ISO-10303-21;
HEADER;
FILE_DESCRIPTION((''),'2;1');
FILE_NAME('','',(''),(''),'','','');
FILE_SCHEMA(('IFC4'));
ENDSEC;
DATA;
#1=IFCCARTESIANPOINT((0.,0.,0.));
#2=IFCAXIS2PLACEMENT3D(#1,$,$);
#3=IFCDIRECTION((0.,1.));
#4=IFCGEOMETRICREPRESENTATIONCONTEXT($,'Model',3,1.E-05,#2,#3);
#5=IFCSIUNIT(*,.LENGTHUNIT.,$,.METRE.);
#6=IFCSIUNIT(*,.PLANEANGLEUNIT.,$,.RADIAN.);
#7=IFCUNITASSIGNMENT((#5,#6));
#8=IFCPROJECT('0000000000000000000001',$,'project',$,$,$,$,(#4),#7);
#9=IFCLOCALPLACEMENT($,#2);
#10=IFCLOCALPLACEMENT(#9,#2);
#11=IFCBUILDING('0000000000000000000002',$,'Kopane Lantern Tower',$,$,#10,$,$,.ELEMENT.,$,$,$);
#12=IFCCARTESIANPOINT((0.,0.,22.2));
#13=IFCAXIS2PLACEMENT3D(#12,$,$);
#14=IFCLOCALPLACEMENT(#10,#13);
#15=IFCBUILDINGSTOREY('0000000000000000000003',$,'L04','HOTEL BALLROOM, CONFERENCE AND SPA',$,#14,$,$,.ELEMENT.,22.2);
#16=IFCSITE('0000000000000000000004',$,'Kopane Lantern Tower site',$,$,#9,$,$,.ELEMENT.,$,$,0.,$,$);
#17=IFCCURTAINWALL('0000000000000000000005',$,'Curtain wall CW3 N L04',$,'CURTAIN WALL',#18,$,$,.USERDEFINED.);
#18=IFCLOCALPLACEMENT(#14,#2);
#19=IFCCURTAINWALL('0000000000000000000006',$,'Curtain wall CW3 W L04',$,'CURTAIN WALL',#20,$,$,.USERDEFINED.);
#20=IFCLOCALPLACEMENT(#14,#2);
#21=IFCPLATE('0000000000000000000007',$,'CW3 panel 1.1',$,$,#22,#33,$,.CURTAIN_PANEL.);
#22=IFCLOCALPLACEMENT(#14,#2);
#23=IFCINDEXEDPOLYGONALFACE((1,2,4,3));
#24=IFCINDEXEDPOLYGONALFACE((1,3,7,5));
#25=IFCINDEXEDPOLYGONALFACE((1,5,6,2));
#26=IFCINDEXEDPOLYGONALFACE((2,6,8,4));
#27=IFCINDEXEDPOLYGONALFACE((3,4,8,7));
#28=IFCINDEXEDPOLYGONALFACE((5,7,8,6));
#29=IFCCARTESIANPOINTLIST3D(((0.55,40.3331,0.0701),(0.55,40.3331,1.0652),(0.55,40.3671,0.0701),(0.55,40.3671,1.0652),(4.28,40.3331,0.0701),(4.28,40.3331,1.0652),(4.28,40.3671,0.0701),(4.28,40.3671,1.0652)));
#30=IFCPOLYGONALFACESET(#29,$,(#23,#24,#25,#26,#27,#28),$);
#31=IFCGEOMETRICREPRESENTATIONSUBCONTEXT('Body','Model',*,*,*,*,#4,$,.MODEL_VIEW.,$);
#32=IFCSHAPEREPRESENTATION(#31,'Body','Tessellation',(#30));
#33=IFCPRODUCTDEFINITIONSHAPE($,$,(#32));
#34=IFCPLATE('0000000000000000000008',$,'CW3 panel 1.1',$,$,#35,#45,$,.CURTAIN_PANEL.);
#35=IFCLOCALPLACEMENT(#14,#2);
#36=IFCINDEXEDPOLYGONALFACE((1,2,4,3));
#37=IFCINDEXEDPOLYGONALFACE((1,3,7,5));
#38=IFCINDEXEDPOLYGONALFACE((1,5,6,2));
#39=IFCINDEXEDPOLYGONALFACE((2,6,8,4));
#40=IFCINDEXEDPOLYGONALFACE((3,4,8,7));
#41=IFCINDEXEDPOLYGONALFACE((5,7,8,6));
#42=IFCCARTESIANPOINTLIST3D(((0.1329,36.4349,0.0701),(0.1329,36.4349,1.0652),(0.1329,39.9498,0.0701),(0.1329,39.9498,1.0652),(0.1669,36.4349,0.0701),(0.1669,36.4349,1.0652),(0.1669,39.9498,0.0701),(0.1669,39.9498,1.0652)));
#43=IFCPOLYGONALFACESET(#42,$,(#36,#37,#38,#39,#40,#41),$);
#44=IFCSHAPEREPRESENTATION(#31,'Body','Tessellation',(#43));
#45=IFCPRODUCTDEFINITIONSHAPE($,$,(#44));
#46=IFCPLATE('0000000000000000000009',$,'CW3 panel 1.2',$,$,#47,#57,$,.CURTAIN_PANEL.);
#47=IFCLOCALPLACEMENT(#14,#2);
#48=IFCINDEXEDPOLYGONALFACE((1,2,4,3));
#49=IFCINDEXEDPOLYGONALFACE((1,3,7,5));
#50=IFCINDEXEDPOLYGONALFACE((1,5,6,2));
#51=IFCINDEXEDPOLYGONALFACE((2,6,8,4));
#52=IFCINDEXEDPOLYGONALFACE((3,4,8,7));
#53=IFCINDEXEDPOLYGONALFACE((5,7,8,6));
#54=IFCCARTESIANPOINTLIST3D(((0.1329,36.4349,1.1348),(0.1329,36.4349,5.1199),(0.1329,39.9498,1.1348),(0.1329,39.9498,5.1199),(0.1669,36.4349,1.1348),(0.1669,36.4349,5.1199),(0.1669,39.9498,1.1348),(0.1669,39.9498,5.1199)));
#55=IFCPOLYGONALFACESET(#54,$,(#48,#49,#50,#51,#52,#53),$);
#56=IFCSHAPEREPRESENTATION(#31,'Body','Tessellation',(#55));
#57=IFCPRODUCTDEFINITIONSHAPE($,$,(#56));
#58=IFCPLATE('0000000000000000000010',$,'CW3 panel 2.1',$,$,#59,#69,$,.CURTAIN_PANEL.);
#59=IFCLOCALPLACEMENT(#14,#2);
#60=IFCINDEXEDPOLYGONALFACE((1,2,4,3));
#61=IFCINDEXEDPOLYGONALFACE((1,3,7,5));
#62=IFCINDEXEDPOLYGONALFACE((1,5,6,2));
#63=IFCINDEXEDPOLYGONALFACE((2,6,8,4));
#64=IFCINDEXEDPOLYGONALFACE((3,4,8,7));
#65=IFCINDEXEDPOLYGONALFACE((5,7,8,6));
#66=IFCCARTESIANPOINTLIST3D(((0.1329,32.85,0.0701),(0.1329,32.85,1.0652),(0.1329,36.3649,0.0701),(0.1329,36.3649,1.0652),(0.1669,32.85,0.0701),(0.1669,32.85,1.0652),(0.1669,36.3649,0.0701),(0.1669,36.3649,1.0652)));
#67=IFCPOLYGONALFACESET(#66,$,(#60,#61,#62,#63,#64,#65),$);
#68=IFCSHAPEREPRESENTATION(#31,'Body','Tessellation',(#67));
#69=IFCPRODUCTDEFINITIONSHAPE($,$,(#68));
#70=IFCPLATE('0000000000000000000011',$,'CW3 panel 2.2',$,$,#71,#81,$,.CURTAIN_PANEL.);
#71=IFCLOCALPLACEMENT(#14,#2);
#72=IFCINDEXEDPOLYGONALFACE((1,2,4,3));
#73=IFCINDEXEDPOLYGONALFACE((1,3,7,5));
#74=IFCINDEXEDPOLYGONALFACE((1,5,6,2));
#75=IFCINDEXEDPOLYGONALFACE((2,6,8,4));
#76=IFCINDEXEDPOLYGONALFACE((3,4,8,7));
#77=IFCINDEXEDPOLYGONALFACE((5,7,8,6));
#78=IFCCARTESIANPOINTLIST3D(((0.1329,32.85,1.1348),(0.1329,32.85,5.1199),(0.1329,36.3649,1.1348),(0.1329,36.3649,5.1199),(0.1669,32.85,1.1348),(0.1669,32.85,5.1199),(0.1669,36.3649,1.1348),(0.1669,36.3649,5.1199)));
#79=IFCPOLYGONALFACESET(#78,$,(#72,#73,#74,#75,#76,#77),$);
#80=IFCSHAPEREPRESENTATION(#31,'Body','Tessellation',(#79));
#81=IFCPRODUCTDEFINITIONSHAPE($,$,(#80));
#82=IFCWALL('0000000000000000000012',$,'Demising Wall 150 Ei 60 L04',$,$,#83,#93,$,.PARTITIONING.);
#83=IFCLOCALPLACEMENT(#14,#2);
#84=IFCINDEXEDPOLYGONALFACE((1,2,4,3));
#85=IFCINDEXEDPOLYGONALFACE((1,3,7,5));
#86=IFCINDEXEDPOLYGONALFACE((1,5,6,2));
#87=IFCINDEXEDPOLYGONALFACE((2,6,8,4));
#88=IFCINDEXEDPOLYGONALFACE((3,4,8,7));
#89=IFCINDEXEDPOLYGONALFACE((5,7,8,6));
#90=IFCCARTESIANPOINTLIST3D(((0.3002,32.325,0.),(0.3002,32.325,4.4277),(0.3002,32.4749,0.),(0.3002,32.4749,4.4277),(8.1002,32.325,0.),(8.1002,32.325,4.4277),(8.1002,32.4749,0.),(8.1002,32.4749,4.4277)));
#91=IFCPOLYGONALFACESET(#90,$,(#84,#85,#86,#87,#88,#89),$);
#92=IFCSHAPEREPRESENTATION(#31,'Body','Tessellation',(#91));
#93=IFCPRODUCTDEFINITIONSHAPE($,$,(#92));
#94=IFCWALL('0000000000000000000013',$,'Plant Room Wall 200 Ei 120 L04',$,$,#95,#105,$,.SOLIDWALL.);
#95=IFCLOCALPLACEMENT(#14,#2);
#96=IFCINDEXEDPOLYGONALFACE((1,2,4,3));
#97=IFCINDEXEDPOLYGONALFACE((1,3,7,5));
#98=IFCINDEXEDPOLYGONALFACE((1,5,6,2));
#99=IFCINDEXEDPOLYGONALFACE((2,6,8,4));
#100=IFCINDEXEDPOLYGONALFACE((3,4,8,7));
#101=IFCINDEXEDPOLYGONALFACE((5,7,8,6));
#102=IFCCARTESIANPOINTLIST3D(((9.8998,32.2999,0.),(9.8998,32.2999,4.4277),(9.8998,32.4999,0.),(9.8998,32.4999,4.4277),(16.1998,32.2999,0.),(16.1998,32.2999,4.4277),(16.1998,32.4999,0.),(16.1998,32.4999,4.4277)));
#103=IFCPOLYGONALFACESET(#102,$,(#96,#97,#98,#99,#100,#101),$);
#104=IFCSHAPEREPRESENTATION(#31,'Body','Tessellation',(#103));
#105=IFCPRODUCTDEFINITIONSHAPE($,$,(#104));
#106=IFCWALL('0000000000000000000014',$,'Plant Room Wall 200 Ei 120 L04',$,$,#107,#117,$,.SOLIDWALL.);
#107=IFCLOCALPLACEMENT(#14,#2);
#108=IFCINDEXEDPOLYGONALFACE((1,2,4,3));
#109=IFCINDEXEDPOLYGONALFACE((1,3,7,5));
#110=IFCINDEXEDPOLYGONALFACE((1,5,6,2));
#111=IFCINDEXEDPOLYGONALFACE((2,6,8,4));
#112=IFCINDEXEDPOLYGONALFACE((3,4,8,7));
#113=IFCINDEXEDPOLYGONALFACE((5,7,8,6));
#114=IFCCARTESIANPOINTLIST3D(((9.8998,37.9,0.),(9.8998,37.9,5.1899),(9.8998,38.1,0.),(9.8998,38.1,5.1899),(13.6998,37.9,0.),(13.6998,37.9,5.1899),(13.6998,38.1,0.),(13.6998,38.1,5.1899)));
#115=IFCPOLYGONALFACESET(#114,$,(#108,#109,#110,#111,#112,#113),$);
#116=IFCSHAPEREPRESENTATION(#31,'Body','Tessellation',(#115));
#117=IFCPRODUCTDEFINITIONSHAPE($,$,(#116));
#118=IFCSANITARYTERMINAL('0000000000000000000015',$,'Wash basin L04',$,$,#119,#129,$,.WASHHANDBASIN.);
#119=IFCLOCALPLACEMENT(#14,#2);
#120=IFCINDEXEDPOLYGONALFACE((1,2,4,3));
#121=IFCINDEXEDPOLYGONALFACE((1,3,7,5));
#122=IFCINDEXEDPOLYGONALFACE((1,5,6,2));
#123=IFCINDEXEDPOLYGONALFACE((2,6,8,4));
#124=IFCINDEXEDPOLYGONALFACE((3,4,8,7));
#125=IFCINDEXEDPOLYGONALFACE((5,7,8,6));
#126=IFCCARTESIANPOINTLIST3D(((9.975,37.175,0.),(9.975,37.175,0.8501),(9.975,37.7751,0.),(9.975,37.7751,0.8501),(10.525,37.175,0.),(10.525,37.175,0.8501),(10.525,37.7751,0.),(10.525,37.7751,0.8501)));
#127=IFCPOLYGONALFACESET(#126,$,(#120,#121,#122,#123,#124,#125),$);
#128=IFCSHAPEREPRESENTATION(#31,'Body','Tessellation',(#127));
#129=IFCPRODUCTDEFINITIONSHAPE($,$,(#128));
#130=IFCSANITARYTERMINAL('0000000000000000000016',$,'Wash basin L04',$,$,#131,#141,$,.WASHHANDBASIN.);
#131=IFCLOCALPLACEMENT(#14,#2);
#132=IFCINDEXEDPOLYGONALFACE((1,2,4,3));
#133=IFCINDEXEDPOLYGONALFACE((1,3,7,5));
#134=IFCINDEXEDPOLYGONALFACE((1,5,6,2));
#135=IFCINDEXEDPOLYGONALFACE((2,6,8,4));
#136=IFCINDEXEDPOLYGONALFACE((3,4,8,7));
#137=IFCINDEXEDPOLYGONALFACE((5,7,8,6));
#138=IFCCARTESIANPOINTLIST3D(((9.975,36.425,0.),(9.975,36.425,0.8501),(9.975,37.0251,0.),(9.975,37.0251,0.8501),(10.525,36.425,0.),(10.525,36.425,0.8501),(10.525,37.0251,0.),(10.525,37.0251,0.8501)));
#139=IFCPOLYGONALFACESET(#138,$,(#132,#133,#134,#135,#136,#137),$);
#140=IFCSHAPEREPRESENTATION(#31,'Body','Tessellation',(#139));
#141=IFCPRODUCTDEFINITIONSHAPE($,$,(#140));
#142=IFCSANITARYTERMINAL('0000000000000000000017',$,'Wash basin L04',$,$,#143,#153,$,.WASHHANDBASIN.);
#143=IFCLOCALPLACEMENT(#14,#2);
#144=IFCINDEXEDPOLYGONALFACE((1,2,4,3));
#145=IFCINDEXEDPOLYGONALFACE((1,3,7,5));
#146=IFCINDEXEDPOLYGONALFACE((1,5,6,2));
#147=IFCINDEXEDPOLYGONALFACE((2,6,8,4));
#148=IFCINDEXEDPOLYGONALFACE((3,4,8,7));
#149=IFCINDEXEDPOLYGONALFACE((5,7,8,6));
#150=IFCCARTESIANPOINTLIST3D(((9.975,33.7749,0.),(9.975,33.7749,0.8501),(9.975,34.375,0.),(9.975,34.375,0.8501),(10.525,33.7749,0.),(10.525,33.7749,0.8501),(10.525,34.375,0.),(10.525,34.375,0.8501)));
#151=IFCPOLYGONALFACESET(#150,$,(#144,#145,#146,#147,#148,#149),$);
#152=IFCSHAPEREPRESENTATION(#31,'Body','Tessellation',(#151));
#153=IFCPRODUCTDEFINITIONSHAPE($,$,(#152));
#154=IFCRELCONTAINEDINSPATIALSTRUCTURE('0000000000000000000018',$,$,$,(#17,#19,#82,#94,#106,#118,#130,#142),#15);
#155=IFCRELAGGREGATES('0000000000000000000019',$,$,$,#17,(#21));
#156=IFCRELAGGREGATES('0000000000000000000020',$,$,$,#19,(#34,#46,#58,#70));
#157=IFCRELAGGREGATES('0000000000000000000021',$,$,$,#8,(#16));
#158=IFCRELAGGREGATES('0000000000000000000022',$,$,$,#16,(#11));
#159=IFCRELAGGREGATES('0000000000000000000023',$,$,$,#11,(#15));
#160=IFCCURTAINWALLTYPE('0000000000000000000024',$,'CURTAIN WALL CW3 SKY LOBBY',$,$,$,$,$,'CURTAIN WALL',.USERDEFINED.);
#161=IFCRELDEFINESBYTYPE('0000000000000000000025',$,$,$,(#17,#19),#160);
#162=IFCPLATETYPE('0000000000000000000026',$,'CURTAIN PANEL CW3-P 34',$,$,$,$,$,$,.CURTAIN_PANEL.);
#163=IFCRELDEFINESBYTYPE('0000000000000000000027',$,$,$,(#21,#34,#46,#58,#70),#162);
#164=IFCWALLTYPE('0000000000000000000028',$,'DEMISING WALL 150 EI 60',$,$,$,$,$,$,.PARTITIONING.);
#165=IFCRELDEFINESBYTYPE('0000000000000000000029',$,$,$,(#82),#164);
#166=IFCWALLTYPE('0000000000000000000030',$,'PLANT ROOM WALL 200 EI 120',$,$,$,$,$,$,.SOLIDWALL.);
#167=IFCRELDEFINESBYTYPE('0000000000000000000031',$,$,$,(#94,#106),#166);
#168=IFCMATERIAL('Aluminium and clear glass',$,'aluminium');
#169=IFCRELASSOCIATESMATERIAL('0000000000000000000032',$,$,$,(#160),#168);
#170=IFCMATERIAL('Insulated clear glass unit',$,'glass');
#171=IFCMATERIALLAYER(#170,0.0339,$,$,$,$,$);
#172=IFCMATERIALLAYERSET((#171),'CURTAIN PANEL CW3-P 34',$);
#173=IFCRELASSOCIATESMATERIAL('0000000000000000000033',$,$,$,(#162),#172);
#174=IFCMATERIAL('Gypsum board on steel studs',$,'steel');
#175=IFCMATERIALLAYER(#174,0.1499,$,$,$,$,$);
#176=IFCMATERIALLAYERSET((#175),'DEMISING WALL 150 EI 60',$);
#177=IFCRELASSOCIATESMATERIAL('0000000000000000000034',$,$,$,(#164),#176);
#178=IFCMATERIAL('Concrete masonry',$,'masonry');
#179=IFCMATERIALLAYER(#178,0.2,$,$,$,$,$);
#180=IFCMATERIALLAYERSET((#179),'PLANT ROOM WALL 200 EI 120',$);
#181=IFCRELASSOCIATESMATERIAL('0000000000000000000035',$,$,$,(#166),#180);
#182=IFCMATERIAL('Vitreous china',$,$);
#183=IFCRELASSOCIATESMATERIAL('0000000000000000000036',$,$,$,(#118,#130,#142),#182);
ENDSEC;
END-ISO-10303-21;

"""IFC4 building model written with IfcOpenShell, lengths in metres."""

from ifc_helpers import new_model, si_unit, direction, frame, frame_2d, origin, origin_2d, place, context, subcontext, project, spatial, rectangle, extrude, material, layer, layer_set, type_object, element, aggregate, save


model = new_model("IFC4")

# Units and contexts
model_context = context("Model", 3, precision=1e-05, world=origin(), true_north=direction((0.0, 1.0)))
body_context = subcontext(model_context, "Body", "Model", "MODEL_VIEW")
ifc_project = project(units=[si_unit("LENGTHUNIT", "METRE"), si_unit("PLANEANGLEUNIT", "RADIAN")], contexts=[model_context])

# Site, building, storey
site_placement = place(None, origin())
site = spatial("IfcSite", under=ifc_project, at=site_placement, Name="Kopane Lantern Tower site", CompositionType="ELEMENT", RefElevation=0.0)
building_placement = place(site_placement, origin())
building = spatial("IfcBuilding", under=site, at=building_placement, Name="Kopane Lantern Tower", CompositionType="ELEMENT")
storey_placement = place(building_placement, frame((0.0, 0.0, 22.2)))
storey = spatial("IfcBuildingStorey", under=building, at=storey_placement, Name="L04", Description="HOTEL BALLROOM, CONFERENCE AND SPA", CompositionType="ELEMENT", Elevation=22.2)

# Curtain wall
ifc_material_1 = material(Name="Aluminium and clear glass", Category="aluminium")
curtain_wall_type = type_object("IfcCurtainWallType", Name="CURTAIN WALL CW3 SKY LOBBY", ElementType="CURTAIN WALL", PredefinedType="USERDEFINED", material=ifc_material_1)
curtain_wall_1_placement = place(storey_placement, origin())
curtain_wall_1 = element("IfcCurtainWall", 1, at=curtain_wall_1_placement, inside=storey, type_object=curtain_wall_type, Name="Curtain wall CW3 N L04", ObjectType="CURTAIN WALL", PredefinedType="USERDEFINED")

# Curtain wall
curtain_wall_2_placement = place(storey_placement, origin())
curtain_wall_2 = element("IfcCurtainWall", 2, at=curtain_wall_2_placement, inside=storey, type_object=curtain_wall_type, Name="Curtain wall CW3 W L04", ObjectType="CURTAIN WALL", PredefinedType="USERDEFINED")

# Plates
ifc_material_2 = material(Name="Insulated clear glass unit", Category="glass")
ifc_layer_1 = layer(ifc_material_2, 0.0339)
ifc_layer_set_1 = layer_set([ifc_layer_1], Name="CURTAIN PANEL CW3-P 34")
plate_type = type_object("IfcPlateType", Name="CURTAIN PANEL CW3-P 34", PredefinedType="CURTAIN_PANEL", material=ifc_layer_set_1)
plate_1_placement = place(storey_placement, frame((2.415, 40.3501, 0.0701), z_axis=(0.0, 0.0, 1.0), x_axis=(-1.0, 0.0, 0.0)))
plate_1 = element("IfcPlate", 3, at=plate_1_placement, type_object=plate_type, Name="CW3 panel 1.1", PredefinedType="CURTAIN_PANEL", context=body_context, shape_type="SweptSolid", body=[
    extrude(rectangle(XDim=3.73, YDim=0.0339, at=origin_2d()), origin(), (0.0, 0.0, 1.0), 0.9951),
])
aggregate(curtain_wall_1, [plate_1])
plate_2_placement = place(storey_placement, frame((0.1499, 38.1924, 0.0701), z_axis=(0.0, 0.0, 1.0), x_axis=(0.0, -1.0, 0.0)))
plate_2 = element("IfcPlate", 4, at=plate_2_placement, type_object=plate_type, Name="CW3 panel 1.1", PredefinedType="CURTAIN_PANEL", context=body_context, shape_type="SweptSolid", body=[
    extrude(rectangle(XDim=3.5149, YDim=0.0339, at=origin_2d()), origin(), (0.0, 0.0, 1.0), 0.9951),
])
plate_3_placement = place(storey_placement, frame((0.1499, 38.1924, 1.1348), z_axis=(0.0, 0.0, 1.0), x_axis=(0.0, -1.0, 0.0)))
plate_3 = element("IfcPlate", 5, at=plate_3_placement, type_object=plate_type, Name="CW3 panel 1.2", PredefinedType="CURTAIN_PANEL", context=body_context, shape_type="SweptSolid", body=[
    extrude(rectangle(XDim=3.5149, YDim=0.0339, at=origin_2d()), origin(), (0.0, 0.0, 1.0), 3.9851),
])
plate_4_placement = place(storey_placement, frame((0.1499, 34.6074, 0.0701), z_axis=(0.0, 0.0, 1.0), x_axis=(0.0, -1.0, 0.0)))
plate_4 = element("IfcPlate", 6, at=plate_4_placement, type_object=plate_type, Name="CW3 panel 2.1", PredefinedType="CURTAIN_PANEL", context=body_context, shape_type="SweptSolid", body=[
    extrude(rectangle(XDim=3.5149, YDim=0.0339, at=origin_2d()), origin(), (0.0, 0.0, 1.0), 0.9951),
])
plate_5_placement = place(storey_placement, frame((0.1499, 34.6074, 1.1348), z_axis=(0.0, 0.0, 1.0), x_axis=(0.0, -1.0, 0.0)))
plate_5 = element("IfcPlate", 7, at=plate_5_placement, type_object=plate_type, Name="CW3 panel 2.2", PredefinedType="CURTAIN_PANEL", context=body_context, shape_type="SweptSolid", body=[
    extrude(rectangle(XDim=3.5149, YDim=0.0339, at=origin_2d()), origin(), (0.0, 0.0, 1.0), 3.9851),
])
aggregate(curtain_wall_2, [plate_2, plate_3, plate_4, plate_5])

# Walls
ifc_material_3 = material(Name="Gypsum board on steel studs", Category="steel")
ifc_layer_2 = layer(ifc_material_3, 0.1499)
ifc_layer_set_2 = layer_set([ifc_layer_2], Name="DEMISING WALL 150 EI 60")
wall_type_1 = type_object("IfcWallType", Name="DEMISING WALL 150 EI 60", PredefinedType="PARTITIONING", material=ifc_layer_set_2)
wall_1_placement = place(storey_placement, frame((8.1001, 32.3999, 0.0), z_axis=(0.0, 0.0, 1.0), x_axis=(-1.0, 0.0, 0.0)))
element("IfcWall", 8, at=wall_1_placement, inside=storey, type_object=wall_type_1, Name="Demising Wall 150 Ei 60 L04", PredefinedType="PARTITIONING", context=body_context, shape_type="SweptSolid", body=[
    extrude(rectangle(XDim=7.8, YDim=0.1499, at=frame_2d((3.8999, 0.0))), origin(), (0.0, 0.0, 1.0), 4.4277),
])
ifc_material_4 = material(Name="Concrete masonry", Category="masonry")
ifc_layer_3 = layer(ifc_material_4, 0.2)
ifc_layer_set_3 = layer_set([ifc_layer_3], Name="PLANT ROOM WALL 200 EI 120")
wall_type_2 = type_object("IfcWallType", Name="PLANT ROOM WALL 200 EI 120", PredefinedType="SOLIDWALL", material=ifc_layer_set_3)
wall_2_placement = place(storey_placement, frame((9.8999, 32.3999, 0.0), z_axis=(0.0, 0.0, 1.0), x_axis=(1.0, 0.0, 0.0)))
element("IfcWall", 9, at=wall_2_placement, inside=storey, type_object=wall_type_2, Name="Plant Room Wall 200 Ei 120 L04", PredefinedType="SOLIDWALL", context=body_context, shape_type="SweptSolid", body=[
    extrude(rectangle(XDim=6.3, YDim=0.2, at=frame_2d((3.1499, 0.0))), origin(), (0.0, 0.0, 1.0), 4.4277),
])
wall_3_placement = place(storey_placement, frame((9.8999, 38.0, 0.0), z_axis=(0.0, 0.0, 1.0), x_axis=(1.0, 0.0, 0.0)))
element("IfcWall", 10, at=wall_3_placement, inside=storey, type_object=wall_type_2, Name="Plant Room Wall 200 Ei 120 L04", PredefinedType="SOLIDWALL", context=body_context, shape_type="SweptSolid", body=[
    extrude(rectangle(XDim=3.8, YDim=0.2, at=frame_2d((1.8999, 0.0))), origin(), (0.0, 0.0, 1.0), 5.1899),
])

# Sanitary terminals
ifc_material_5 = material(Name="Vitreous china")
for number, where, z_axis, x_axis, name in (
    (11, (10.25, 37.4751, 0.0), (0.0, 0.0, 1.0), (1.0, 0.0, 0.0), "Wash basin L04"),
    (12, (10.25, 36.7251, 0.0), (0.0, 0.0, 1.0), (1.0, 0.0, 0.0), "Wash basin L04"),
    (13, (10.25, 34.075, 0.0), (0.0, 0.0, 1.0), (1.0, 0.0, 0.0), "Wash basin L04"),
):
    element("IfcSanitaryTerminal", number, at=place(storey_placement, frame(where, z_axis=z_axis, x_axis=x_axis)), inside=storey, material=ifc_material_5, Name=name, PredefinedType="WASHHANDBASIN", context=body_context, shape_type="SweptSolid", body=[
        extrude(rectangle(XDim=0.55, YDim=0.6001, at=origin_2d()), origin(), (0.0, 0.0, 1.0), 0.8501),
    ])

save(model, "model.ifc")
